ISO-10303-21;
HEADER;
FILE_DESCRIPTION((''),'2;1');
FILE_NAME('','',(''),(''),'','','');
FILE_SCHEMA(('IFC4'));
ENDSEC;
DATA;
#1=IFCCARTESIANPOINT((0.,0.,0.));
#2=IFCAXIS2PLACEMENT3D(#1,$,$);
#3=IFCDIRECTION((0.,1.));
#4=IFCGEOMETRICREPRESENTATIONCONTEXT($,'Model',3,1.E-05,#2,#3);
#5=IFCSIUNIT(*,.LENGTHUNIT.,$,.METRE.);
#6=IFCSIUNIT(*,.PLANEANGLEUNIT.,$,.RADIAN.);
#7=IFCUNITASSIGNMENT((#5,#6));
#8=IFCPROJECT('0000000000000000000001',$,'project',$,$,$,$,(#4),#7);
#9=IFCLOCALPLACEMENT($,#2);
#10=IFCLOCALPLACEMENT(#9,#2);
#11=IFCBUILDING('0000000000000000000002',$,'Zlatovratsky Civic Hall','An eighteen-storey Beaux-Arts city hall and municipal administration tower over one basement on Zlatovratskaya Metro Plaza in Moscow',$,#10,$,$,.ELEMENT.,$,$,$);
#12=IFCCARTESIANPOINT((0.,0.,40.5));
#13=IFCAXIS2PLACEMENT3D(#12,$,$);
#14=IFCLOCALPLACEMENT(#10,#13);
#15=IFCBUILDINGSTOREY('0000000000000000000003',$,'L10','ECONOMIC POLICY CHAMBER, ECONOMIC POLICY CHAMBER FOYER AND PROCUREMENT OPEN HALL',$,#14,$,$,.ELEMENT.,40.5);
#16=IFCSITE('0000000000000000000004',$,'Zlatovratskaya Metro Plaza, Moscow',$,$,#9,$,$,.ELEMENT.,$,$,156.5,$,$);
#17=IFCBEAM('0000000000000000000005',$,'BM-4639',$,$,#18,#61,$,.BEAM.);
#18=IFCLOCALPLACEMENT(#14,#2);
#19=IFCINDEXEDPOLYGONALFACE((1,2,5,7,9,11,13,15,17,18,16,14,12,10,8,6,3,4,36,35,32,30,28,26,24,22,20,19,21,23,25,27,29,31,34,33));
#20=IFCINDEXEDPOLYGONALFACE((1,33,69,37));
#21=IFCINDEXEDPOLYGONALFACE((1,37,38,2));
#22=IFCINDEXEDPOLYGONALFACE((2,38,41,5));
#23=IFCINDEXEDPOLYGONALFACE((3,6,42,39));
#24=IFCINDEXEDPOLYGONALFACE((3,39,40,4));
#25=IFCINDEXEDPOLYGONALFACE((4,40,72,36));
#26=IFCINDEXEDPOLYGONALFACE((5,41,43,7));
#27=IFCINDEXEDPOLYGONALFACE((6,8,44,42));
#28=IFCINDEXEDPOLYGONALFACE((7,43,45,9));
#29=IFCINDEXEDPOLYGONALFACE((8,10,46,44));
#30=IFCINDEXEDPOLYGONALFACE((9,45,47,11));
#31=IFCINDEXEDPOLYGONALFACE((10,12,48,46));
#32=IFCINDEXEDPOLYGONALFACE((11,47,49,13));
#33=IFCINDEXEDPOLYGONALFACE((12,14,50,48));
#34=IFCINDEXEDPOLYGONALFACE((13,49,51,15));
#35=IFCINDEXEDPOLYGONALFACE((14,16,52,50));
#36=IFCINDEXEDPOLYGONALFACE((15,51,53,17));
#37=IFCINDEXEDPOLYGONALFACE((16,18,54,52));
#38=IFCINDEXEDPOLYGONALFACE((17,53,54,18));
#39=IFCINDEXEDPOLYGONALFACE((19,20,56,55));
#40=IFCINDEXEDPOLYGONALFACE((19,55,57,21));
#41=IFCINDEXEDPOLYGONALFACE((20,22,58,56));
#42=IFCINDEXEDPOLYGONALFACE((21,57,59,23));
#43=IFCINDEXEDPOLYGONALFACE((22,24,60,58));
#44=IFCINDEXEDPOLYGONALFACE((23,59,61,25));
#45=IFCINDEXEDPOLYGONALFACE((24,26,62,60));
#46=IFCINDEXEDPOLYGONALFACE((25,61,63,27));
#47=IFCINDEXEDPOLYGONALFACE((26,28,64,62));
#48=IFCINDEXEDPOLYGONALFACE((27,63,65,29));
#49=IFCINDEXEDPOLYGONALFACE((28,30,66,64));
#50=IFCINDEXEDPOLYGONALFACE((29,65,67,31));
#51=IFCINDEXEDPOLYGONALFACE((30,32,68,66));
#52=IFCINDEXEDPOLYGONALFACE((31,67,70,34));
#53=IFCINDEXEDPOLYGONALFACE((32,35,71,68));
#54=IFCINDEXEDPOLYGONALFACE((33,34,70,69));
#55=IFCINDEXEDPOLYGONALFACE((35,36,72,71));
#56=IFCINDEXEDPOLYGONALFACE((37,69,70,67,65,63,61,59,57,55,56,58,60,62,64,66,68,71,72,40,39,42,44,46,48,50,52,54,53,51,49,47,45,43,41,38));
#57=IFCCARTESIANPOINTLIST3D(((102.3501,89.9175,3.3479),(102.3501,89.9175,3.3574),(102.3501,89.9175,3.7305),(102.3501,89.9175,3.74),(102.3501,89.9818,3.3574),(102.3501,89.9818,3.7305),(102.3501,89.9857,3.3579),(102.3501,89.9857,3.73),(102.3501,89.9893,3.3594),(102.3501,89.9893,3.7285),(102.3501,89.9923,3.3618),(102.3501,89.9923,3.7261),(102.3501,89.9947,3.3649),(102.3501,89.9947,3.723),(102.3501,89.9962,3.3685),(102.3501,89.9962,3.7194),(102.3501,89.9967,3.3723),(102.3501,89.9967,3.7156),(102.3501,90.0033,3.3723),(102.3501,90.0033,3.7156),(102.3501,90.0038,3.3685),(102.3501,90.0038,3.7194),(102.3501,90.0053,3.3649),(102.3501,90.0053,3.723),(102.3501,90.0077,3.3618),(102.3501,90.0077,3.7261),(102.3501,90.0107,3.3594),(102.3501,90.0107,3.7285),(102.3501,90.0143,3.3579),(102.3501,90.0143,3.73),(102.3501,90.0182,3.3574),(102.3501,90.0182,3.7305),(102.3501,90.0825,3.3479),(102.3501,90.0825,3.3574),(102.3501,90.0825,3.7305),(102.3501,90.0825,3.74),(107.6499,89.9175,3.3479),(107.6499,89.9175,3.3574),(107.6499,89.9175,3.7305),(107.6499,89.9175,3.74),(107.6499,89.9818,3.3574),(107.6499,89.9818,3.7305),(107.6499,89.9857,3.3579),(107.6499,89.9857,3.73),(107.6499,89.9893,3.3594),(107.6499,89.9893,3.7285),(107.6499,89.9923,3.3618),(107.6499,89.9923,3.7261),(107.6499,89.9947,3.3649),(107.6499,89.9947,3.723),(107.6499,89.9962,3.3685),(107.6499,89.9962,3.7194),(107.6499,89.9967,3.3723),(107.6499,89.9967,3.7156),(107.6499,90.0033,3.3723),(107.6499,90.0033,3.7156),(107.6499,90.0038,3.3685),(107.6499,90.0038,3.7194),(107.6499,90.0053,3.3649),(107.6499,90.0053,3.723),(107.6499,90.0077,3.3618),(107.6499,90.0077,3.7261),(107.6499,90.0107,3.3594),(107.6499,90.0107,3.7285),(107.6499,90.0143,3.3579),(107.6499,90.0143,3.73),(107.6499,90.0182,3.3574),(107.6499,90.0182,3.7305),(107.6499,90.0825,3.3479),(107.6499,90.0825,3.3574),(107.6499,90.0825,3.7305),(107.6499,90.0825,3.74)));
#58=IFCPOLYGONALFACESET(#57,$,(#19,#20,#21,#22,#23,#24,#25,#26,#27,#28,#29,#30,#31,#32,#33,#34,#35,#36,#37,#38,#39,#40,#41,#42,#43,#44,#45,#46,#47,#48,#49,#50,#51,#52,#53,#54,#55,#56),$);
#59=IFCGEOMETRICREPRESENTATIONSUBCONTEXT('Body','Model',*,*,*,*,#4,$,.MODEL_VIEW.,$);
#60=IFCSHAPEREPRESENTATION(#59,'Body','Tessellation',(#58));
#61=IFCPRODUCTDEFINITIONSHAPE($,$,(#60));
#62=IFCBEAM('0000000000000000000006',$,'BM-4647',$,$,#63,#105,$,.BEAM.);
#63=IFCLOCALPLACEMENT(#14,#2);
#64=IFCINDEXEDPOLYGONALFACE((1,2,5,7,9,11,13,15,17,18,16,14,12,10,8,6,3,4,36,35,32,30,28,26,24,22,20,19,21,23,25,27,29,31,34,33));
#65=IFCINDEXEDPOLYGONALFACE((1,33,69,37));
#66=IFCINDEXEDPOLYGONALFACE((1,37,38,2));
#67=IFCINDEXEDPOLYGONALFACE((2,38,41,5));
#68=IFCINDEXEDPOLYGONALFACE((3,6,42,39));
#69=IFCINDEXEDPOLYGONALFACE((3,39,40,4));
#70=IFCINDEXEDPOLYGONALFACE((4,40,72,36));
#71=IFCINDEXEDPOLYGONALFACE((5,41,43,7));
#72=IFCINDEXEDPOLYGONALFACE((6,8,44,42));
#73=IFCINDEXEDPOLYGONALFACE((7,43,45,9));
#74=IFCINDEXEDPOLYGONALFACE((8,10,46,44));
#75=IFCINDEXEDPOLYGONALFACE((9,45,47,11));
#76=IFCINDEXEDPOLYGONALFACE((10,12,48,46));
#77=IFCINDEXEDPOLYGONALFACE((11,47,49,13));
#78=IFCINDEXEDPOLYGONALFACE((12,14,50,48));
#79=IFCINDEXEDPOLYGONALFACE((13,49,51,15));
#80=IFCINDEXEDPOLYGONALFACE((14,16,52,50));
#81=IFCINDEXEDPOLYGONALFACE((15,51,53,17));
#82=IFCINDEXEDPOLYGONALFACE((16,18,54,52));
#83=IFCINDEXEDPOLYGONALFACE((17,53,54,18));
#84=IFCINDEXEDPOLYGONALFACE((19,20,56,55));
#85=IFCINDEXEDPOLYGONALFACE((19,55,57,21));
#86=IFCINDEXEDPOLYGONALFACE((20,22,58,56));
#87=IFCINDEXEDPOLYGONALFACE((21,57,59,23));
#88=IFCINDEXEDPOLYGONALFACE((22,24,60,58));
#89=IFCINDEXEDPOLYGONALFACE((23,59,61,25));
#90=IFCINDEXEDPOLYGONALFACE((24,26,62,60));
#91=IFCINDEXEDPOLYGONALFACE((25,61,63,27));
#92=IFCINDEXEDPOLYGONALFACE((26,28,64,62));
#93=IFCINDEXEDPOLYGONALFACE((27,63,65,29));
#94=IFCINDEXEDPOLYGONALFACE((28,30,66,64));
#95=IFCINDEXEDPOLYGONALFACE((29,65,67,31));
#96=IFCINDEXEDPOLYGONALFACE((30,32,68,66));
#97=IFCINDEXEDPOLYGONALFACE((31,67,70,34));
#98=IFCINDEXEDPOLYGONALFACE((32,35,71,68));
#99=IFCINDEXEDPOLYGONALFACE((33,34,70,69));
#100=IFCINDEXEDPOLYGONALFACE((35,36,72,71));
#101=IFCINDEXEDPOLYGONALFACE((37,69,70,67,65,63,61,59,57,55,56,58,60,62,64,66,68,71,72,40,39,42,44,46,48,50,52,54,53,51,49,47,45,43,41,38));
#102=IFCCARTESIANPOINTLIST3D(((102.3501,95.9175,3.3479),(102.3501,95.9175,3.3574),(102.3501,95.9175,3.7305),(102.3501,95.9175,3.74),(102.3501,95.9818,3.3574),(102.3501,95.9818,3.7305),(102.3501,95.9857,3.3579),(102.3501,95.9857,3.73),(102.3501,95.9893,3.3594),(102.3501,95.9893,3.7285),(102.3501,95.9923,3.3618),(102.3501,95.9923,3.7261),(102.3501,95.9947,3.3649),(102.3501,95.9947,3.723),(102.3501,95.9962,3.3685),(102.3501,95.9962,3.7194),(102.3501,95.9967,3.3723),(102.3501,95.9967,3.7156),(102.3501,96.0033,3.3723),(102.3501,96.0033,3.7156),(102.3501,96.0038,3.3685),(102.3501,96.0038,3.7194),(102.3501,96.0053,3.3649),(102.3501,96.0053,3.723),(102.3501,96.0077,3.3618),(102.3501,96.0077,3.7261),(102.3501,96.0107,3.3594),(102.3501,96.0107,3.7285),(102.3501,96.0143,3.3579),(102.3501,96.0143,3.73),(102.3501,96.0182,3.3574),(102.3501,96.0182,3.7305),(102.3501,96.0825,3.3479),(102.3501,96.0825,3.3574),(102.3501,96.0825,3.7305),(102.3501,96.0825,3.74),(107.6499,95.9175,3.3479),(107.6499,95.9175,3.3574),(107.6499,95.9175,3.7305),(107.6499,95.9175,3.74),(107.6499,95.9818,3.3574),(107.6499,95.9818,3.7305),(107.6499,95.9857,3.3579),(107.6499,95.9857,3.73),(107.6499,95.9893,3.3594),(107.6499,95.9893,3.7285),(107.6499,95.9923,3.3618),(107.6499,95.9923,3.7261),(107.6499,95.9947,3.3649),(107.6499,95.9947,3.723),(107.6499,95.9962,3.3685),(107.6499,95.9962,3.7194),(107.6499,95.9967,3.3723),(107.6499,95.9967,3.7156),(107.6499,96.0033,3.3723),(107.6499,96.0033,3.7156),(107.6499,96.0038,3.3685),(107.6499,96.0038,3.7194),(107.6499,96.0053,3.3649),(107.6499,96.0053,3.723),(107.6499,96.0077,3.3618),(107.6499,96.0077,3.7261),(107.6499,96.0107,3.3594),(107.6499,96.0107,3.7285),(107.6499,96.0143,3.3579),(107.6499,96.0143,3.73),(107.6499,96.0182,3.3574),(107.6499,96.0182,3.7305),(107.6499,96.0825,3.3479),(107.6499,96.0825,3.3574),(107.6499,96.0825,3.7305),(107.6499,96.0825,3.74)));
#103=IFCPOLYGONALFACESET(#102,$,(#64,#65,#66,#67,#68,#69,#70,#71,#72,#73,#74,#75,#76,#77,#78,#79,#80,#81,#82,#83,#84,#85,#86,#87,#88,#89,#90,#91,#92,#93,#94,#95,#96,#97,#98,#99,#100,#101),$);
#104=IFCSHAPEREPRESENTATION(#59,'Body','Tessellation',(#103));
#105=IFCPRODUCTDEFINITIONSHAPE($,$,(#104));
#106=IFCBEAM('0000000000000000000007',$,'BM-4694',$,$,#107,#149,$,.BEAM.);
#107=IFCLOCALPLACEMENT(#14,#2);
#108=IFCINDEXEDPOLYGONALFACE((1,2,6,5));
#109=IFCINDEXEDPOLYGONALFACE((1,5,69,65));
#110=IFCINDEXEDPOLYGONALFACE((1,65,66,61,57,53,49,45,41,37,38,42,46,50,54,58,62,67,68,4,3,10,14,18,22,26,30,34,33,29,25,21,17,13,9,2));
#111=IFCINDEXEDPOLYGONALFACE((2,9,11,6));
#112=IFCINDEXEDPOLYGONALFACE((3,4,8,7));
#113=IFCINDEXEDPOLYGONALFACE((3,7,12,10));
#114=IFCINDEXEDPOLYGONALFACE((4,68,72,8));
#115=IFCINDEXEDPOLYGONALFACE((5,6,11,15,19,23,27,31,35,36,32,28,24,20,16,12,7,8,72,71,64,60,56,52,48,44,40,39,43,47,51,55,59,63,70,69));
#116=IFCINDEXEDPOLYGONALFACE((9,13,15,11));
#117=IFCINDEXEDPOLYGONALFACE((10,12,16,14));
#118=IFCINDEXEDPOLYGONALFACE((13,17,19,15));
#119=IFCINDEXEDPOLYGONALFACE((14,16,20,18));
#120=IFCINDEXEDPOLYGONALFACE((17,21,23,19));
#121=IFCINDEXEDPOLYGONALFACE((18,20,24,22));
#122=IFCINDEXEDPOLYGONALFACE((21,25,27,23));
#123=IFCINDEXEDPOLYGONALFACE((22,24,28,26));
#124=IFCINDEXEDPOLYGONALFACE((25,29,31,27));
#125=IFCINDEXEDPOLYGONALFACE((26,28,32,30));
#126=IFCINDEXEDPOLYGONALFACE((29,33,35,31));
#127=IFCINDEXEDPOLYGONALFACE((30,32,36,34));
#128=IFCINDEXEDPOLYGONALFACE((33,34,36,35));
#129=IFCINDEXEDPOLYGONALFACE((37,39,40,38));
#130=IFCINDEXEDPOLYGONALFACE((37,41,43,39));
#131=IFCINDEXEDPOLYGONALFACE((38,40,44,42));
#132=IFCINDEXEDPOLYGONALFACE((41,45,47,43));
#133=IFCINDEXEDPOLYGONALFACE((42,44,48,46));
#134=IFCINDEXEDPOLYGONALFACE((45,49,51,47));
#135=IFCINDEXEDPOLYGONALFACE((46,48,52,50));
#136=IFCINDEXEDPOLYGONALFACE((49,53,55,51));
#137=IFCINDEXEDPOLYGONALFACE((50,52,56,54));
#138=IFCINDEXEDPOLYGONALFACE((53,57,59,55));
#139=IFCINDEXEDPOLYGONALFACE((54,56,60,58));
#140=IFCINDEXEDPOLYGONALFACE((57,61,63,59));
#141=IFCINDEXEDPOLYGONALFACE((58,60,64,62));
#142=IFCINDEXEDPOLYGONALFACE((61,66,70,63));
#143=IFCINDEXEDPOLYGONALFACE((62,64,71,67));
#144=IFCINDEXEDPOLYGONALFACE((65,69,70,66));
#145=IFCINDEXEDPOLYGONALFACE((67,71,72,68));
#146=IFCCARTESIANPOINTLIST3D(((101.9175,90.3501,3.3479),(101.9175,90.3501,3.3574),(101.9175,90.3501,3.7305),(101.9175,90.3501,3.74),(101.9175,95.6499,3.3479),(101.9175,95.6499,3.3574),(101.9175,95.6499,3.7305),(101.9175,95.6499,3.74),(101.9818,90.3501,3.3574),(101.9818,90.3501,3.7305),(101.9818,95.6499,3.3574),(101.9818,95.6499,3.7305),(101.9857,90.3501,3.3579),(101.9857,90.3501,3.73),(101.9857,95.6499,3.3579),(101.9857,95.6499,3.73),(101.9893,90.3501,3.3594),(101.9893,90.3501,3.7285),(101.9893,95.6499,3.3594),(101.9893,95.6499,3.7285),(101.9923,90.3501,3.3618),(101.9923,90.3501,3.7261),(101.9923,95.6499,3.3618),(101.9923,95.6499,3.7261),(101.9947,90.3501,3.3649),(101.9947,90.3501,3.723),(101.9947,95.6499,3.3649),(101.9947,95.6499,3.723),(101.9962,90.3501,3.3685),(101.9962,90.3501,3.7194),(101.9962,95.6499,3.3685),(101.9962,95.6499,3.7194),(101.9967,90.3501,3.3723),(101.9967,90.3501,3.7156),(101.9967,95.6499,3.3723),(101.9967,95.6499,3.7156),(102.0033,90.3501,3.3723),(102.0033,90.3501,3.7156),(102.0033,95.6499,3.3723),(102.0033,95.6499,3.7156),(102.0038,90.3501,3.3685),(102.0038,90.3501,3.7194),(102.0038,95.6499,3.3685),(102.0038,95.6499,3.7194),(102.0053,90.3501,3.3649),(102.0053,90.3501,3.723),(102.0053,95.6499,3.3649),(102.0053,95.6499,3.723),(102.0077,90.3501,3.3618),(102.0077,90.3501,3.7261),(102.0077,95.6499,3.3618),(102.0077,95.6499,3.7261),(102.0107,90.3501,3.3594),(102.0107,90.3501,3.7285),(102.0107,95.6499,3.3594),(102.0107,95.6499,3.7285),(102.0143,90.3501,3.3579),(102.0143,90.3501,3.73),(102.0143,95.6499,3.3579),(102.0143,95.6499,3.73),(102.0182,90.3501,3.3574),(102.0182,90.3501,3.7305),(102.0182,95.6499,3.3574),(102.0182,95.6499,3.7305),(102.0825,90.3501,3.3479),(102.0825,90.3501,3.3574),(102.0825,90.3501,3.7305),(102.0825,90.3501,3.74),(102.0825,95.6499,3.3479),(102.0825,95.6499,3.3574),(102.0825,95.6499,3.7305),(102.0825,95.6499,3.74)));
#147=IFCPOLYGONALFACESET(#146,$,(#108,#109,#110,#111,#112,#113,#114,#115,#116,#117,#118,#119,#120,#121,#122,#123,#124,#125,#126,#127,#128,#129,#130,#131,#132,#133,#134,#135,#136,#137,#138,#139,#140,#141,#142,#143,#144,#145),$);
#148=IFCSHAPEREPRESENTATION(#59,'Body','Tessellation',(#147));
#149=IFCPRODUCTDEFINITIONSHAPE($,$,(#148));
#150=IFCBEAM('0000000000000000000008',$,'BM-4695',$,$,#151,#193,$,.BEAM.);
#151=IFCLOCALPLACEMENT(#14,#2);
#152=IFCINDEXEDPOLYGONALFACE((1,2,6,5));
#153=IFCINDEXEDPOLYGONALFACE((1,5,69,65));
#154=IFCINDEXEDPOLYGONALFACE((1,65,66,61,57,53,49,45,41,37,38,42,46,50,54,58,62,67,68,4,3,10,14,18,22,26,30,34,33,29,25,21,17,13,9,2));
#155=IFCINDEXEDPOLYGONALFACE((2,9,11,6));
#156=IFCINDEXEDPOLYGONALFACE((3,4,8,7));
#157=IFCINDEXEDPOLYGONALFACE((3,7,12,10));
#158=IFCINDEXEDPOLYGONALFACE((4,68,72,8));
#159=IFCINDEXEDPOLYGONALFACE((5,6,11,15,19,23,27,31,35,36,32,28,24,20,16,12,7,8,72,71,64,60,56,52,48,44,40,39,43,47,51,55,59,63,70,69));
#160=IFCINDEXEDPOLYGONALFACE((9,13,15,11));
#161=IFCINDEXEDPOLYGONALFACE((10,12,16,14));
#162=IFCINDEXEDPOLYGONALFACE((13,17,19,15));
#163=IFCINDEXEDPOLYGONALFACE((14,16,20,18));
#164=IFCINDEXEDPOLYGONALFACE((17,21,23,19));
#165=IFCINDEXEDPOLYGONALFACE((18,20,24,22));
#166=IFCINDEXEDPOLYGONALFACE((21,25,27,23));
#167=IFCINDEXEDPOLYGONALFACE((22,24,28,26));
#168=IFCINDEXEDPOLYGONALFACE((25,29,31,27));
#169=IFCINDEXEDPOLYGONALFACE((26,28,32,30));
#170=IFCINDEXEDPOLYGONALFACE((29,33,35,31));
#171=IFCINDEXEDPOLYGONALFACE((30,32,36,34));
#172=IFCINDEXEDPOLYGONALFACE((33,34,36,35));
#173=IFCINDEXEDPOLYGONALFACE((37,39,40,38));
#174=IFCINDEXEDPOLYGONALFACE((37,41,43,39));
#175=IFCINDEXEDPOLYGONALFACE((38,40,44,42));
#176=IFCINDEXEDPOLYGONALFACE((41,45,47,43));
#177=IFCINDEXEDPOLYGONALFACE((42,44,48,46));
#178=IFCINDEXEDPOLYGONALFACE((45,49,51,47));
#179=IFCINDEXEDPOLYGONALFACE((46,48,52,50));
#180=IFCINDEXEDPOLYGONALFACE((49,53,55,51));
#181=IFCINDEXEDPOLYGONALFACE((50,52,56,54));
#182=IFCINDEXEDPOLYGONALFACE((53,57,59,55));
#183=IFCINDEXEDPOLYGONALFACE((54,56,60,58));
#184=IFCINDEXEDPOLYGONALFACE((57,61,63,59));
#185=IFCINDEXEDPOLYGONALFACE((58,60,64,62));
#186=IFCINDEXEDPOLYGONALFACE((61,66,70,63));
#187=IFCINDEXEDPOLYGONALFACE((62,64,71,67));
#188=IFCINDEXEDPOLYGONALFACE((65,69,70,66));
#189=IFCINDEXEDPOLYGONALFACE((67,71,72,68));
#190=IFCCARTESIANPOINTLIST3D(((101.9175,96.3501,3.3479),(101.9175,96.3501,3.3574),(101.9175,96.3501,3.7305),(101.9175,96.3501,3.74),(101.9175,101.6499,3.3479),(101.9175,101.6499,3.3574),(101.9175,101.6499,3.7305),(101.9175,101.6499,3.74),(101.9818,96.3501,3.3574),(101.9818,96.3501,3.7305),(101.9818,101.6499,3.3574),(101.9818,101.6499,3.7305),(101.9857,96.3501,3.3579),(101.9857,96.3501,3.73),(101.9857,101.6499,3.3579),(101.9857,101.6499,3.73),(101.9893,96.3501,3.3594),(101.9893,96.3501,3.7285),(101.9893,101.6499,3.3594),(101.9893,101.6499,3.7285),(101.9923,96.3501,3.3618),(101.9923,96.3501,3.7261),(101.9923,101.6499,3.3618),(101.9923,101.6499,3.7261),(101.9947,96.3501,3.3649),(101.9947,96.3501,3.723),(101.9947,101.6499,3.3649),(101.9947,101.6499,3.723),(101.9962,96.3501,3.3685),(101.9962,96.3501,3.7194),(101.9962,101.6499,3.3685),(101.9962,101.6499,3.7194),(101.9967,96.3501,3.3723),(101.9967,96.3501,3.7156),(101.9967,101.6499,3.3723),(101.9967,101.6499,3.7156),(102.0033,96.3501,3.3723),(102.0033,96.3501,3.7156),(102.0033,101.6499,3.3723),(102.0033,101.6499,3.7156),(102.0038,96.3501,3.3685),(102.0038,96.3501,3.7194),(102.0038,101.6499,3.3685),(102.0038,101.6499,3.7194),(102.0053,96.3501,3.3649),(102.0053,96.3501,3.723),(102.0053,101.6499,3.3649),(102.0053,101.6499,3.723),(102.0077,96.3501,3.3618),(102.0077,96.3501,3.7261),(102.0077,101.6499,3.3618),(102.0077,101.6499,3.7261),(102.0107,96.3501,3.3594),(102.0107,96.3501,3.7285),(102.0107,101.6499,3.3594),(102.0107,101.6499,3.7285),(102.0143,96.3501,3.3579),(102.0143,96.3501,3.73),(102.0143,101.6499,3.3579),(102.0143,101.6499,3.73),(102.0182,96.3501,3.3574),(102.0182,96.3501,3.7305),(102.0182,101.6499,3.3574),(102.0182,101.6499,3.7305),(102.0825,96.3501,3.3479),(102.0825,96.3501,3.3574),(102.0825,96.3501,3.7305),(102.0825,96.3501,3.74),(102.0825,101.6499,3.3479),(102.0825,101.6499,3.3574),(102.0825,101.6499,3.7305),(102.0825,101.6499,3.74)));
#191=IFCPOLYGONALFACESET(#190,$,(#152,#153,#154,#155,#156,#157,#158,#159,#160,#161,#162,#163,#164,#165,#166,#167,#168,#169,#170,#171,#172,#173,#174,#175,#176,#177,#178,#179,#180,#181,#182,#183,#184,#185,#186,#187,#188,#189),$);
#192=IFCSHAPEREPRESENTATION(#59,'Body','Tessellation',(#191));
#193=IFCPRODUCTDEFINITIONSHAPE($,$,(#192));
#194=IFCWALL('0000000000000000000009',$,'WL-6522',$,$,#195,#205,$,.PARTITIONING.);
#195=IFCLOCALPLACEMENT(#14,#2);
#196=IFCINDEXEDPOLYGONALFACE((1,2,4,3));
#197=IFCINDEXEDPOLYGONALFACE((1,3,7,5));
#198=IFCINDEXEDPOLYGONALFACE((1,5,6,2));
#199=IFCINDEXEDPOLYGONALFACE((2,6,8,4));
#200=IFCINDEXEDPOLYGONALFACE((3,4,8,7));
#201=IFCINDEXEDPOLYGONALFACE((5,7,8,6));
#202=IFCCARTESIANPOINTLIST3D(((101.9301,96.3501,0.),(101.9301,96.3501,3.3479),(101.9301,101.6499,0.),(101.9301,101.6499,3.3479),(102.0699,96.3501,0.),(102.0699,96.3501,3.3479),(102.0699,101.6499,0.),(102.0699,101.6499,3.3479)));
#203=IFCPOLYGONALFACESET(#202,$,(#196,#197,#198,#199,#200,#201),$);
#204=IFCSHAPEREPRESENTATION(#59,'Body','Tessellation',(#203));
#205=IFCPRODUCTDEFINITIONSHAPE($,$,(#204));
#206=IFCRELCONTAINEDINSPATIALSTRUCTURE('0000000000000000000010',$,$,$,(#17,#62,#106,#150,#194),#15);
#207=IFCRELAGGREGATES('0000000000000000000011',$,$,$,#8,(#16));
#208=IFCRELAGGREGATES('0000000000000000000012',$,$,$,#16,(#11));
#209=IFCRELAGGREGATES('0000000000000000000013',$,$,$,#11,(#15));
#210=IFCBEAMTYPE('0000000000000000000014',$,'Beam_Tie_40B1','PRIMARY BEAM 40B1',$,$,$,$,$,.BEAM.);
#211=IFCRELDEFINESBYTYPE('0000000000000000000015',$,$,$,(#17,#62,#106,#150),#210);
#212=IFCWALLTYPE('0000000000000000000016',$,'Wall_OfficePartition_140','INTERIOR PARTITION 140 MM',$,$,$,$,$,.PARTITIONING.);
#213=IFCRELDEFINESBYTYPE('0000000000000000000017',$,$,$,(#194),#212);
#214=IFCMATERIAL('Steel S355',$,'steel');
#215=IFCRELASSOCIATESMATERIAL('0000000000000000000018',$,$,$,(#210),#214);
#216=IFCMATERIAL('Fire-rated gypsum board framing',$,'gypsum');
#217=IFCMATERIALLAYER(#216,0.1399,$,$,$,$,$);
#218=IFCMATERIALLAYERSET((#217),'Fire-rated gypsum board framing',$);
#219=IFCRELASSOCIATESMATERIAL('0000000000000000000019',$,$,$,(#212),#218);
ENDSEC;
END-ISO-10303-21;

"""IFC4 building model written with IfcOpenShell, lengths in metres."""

from ifc_helpers import new_model, si_unit, direction, frame, frame_2d, origin, origin_2d, place, context, subcontext, project, spatial, rectangle, i_section, extrude, material, layer, layer_set, material_profile, profile_set, type_object, element, save


model = new_model("IFC4")

# Units and contexts
model_context = context("Model", 3, precision=1e-05, world=origin(), true_north=direction((0.0, 1.0)))
body_context = subcontext(model_context, "Body", "Model", "MODEL_VIEW")
ifc_project = project(units=[si_unit("LENGTHUNIT", "METRE"), si_unit("PLANEANGLEUNIT", "RADIAN")], contexts=[model_context])

# Site, building, storey
site_placement = place(None, origin())
site = spatial("IfcSite", under=ifc_project, at=site_placement, Name="Zlatovratskaya Metro Plaza, Moscow", CompositionType="ELEMENT", RefElevation=156.5)
building_placement = place(site_placement, origin())
building = spatial("IfcBuilding", under=site, at=building_placement, Name="Zlatovratsky Civic Hall", Description="An eighteen-storey Beaux-Arts city hall and municipal administration tower over one basement on Zlatovratskaya Metro Plaza in Moscow", CompositionType="ELEMENT")
storey_placement = place(building_placement, frame((0.0, 0.0, 40.5)))
storey = spatial("IfcBuildingStorey", under=building, at=storey_placement, Name="L10", Description="ECONOMIC POLICY CHAMBER, ECONOMIC POLICY CHAMBER FOYER AND PROCUREMENT OPEN HALL", CompositionType="ELEMENT", Elevation=40.5)

# Beams
ifc_material_1 = material(Name="Steel S355", Category="steel")
ifc_material_profile_1 = material_profile(ifc_material_1, i_section(OverallWidth=0.165, OverallDepth=0.3921, WebThickness=0.0066, FlangeThickness=0.0095, FilletRadius=0.0149, at=origin_2d()), Name="40B1")
ifc_profile_set_1 = profile_set([ifc_material_profile_1], Name="Steel S355")
beam_type_1 = type_object("IfcBeamType", Name="Beam_Tie_40B1", Description="PRIMARY BEAM 40B1", PredefinedType="BEAM", material=ifc_profile_set_1)
for number, where, z_axis, x_axis, name in (
    (1, (102.3501, 90.0, 3.5439), (1.0, 0.0, 0.0), (0.0, 1.0, 0.0), "BM-4639"),
    (2, (102.3501, 96.0, 3.5439), (1.0, 0.0, 0.0), (0.0, 1.0, 0.0), "BM-4647"),
    (3, (102.0, 90.3501, 3.5439), (0.0, 1.0, 0.0), (-1.0, 0.0, 0.0), "BM-4694"),
    (4, (102.0, 96.3501, 3.5439), (0.0, 1.0, 0.0), (-1.0, 0.0, 0.0), "BM-4695"),
):
    element("IfcBeam", number, at=place(storey_placement, frame(where, z_axis=z_axis, x_axis=x_axis)), inside=storey, type_object=beam_type_1, Name=name, PredefinedType="BEAM", context=body_context, shape_type="SweptSolid", body=[
        extrude(i_section(OverallWidth=0.165, OverallDepth=0.3921, WebThickness=0.0066, FlangeThickness=0.0095, FilletRadius=0.0149, at=origin_2d()), origin(), (0.0, 0.0, 1.0), 5.2998),
    ])

# Wall
ifc_material_2 = material(Name="Fire-rated gypsum board framing", Category="gypsum")
ifc_layer_1 = layer(ifc_material_2, 0.1399)
ifc_layer_set_1 = layer_set([ifc_layer_1], Name="Fire-rated gypsum board framing")
wall_type_1 = type_object("IfcWallType", Name="Wall_OfficePartition_140", Description="INTERIOR PARTITION 140 MM", PredefinedType="PARTITIONING", material=ifc_layer_set_1)
wall_1_placement = place(storey_placement, frame((102.0, 96.3501, 0.0), z_axis=(0.0, 0.0, 1.0), x_axis=(0.0, 1.0, 0.0)))
element("IfcWall", 5, at=wall_1_placement, inside=storey, type_object=wall_type_1, Name="WL-6522", PredefinedType="PARTITIONING", context=body_context, shape_type="SweptSolid", body=[
    extrude(rectangle(XDim=5.2998, YDim=0.1399, at=frame_2d((2.6499, 0.0))), origin(), (0.0, 0.0, 1.0), 3.3479),
])

save(model, "model.ifc")
